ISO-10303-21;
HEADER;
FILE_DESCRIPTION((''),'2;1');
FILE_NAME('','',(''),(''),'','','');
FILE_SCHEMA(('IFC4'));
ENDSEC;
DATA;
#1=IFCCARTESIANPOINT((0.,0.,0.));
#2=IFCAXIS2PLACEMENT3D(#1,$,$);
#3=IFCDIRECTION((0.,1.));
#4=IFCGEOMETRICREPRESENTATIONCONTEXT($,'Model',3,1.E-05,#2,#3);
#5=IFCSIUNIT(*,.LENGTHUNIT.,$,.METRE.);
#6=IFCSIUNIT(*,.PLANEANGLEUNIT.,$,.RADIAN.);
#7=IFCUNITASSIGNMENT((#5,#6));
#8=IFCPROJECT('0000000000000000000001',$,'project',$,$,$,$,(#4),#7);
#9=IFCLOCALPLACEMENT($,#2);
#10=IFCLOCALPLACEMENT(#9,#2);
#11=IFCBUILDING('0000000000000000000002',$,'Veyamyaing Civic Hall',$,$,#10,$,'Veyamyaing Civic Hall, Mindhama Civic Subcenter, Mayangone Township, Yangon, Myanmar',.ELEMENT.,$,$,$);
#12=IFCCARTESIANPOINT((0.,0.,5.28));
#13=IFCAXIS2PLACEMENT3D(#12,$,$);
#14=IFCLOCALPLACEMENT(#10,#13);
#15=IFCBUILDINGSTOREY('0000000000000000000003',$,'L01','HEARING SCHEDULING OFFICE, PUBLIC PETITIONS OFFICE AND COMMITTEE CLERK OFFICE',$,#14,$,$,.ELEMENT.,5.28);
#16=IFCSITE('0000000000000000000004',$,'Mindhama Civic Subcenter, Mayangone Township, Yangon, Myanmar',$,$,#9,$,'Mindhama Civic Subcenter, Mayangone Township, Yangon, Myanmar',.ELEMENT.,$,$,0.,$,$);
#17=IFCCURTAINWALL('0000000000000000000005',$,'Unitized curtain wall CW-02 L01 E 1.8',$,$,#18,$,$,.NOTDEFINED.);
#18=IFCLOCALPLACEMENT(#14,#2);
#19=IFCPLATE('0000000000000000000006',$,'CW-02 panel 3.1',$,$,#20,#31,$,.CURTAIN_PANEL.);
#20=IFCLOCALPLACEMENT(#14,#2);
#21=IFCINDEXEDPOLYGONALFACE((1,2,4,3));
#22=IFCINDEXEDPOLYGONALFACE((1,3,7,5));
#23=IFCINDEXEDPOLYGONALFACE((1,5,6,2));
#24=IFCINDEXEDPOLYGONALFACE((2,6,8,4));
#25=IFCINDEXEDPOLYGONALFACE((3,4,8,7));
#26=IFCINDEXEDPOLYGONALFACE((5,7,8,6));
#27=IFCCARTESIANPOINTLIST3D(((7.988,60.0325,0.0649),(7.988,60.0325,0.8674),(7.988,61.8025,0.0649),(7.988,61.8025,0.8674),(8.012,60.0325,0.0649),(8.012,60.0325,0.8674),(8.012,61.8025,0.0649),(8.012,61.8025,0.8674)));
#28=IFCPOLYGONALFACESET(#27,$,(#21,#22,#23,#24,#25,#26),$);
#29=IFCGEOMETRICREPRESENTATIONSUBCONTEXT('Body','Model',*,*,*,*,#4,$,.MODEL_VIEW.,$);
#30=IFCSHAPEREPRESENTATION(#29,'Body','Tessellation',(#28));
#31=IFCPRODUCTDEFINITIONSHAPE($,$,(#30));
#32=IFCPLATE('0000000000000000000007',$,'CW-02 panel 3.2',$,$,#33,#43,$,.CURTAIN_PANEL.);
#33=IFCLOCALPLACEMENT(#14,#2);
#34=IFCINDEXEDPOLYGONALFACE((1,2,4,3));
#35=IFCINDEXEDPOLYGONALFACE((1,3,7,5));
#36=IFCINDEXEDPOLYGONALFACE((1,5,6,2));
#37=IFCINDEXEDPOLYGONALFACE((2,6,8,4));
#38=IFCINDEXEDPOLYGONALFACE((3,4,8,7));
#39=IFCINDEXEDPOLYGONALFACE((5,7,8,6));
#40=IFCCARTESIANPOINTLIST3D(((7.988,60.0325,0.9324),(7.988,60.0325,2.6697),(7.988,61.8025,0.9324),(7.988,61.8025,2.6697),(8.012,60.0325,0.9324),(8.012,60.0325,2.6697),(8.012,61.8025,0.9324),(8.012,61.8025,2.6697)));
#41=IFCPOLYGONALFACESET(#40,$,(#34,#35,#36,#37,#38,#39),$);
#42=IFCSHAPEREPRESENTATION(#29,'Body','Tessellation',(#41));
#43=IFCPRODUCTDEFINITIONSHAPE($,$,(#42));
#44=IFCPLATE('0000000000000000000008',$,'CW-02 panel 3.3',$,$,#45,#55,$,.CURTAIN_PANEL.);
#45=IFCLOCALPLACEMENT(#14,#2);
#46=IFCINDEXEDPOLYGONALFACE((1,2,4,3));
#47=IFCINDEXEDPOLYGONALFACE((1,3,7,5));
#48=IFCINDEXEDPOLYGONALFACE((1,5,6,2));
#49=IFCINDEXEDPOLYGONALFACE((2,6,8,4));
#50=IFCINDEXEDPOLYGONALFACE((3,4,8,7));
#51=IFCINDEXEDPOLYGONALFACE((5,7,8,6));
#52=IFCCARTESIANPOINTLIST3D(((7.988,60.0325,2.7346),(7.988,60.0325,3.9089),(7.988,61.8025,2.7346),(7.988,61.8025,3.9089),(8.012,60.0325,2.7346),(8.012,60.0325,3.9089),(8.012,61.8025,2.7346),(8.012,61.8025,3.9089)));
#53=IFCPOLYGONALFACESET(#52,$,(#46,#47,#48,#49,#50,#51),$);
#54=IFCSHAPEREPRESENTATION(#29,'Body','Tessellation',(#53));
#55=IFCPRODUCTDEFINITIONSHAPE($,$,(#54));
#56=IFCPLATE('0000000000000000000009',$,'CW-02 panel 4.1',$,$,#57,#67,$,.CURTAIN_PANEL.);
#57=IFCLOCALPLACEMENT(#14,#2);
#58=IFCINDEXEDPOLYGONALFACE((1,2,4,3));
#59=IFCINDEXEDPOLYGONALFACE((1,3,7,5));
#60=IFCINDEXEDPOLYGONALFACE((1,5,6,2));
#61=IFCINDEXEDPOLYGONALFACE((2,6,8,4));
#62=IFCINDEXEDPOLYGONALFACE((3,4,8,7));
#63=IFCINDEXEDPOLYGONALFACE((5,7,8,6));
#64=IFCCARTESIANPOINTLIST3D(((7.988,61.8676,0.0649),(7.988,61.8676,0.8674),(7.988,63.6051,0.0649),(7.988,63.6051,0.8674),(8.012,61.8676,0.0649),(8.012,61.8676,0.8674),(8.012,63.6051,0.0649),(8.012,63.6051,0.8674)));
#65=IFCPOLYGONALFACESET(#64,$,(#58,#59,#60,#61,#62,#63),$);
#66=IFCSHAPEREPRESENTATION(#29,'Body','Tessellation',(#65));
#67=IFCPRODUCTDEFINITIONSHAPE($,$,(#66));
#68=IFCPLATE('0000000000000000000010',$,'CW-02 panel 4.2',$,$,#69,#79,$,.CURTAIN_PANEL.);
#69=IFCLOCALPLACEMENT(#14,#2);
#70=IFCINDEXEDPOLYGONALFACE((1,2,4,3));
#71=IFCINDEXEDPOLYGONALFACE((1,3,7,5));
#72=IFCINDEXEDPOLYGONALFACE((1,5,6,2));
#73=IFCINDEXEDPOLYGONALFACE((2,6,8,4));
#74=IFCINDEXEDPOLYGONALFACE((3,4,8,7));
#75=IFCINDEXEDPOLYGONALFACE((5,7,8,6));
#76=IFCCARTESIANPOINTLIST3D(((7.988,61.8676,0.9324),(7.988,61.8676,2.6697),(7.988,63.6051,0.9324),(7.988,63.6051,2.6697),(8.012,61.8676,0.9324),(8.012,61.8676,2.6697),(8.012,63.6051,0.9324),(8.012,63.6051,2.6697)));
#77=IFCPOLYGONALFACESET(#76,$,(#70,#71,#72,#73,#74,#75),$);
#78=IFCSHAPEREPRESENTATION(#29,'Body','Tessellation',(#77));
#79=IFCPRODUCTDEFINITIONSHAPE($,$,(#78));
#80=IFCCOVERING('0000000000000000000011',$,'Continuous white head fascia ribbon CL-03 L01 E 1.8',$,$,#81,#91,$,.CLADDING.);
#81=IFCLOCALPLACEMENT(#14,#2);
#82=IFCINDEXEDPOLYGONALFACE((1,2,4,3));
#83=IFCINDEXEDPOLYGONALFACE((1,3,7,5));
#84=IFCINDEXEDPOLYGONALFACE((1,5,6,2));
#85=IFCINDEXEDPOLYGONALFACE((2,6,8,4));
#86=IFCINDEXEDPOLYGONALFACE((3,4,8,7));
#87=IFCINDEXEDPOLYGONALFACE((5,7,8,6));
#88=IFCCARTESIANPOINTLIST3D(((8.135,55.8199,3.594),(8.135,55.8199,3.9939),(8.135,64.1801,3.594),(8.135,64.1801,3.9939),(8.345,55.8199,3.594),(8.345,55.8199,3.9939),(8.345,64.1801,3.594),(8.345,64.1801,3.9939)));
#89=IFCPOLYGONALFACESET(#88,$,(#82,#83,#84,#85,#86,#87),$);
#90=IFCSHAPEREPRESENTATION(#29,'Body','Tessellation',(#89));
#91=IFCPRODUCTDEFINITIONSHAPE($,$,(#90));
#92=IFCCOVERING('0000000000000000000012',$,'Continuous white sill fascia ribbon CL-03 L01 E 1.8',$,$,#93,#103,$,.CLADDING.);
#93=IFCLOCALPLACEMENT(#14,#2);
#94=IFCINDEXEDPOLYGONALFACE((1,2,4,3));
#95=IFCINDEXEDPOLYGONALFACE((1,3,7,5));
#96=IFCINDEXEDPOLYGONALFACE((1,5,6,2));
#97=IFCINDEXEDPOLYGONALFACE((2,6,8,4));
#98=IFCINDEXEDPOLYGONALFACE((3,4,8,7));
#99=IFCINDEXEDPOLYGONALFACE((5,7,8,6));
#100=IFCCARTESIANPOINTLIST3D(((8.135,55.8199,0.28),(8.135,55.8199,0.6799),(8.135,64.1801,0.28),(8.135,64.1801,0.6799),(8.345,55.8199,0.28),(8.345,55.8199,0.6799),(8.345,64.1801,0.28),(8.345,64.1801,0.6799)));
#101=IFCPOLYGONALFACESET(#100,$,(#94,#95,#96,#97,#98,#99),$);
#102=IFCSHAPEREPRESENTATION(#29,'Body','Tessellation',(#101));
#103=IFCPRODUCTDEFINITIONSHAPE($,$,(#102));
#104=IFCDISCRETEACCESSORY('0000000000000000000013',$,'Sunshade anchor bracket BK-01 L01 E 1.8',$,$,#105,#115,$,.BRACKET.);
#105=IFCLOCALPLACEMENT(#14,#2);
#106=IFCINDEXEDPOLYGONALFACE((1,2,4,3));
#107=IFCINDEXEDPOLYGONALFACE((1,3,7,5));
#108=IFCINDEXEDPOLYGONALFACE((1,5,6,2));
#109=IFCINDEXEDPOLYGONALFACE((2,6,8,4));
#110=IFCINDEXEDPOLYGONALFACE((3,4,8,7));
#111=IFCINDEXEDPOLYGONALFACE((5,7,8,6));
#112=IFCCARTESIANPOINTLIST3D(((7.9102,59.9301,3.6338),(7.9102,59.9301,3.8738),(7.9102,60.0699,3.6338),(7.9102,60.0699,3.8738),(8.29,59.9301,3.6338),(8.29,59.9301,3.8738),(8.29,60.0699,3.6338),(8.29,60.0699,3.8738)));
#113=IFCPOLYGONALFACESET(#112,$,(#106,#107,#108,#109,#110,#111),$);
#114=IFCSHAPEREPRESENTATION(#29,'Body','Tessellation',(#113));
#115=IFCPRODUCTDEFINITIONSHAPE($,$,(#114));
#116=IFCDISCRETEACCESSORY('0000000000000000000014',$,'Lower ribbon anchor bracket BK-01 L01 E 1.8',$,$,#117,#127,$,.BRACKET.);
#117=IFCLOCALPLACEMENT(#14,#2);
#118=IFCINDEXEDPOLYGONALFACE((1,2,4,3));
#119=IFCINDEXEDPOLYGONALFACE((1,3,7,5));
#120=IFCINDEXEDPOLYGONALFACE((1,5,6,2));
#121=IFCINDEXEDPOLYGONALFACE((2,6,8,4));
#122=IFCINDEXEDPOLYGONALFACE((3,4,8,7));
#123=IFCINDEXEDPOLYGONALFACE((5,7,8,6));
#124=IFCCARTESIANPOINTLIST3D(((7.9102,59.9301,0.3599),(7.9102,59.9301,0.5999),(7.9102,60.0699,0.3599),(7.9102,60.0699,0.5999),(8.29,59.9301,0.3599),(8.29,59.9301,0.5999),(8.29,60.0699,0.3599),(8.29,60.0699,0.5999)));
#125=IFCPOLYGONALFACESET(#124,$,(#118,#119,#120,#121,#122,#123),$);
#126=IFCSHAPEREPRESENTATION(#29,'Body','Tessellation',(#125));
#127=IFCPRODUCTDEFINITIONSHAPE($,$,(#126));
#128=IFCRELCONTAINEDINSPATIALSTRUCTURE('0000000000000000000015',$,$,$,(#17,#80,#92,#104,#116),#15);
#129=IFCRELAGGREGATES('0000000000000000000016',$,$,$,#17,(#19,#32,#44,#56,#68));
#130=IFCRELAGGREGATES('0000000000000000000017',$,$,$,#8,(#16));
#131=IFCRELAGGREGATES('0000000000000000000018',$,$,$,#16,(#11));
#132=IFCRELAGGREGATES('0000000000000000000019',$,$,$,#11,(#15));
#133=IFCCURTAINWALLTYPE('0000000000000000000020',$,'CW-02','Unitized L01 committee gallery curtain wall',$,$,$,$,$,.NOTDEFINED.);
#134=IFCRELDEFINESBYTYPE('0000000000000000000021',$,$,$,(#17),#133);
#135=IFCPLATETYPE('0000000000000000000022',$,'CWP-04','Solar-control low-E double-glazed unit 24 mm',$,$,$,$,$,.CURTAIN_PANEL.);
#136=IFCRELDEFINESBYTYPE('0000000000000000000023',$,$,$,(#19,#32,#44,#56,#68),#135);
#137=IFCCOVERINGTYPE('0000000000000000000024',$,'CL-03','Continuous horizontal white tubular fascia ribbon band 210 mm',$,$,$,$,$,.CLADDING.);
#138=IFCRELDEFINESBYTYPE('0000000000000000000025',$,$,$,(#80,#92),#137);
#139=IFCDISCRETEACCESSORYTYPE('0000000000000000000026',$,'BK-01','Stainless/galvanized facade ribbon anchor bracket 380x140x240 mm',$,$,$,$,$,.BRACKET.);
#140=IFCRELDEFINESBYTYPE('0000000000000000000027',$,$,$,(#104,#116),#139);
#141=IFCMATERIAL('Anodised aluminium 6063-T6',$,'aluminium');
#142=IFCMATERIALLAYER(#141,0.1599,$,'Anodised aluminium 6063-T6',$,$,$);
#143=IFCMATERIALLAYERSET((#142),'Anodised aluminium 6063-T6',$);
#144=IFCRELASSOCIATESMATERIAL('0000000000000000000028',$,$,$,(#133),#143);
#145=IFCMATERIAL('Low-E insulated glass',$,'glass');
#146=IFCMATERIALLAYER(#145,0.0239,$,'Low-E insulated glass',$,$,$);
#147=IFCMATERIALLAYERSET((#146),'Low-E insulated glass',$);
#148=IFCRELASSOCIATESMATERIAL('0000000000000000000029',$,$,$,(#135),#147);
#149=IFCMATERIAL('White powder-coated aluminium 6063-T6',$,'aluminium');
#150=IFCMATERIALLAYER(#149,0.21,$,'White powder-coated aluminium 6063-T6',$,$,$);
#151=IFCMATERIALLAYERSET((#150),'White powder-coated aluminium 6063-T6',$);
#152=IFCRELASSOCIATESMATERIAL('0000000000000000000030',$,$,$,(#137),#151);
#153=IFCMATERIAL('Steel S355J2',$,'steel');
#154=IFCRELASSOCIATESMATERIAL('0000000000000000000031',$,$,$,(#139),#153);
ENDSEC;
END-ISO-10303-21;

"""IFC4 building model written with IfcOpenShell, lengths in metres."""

from ifc_helpers import new_model, si_unit, direction, frame, origin, origin_2d, place, context, subcontext, project, spatial, rectangle, extrude, material, layer, layer_set, type_object, element, aggregate, save


model = new_model("IFC4")

# Units and contexts
model_context = context("Model", 3, precision=1e-05, world=origin(), true_north=direction((0.0, 1.0)))
body_context = subcontext(model_context, "Body", "Model", "MODEL_VIEW")
ifc_project = project(units=[si_unit("LENGTHUNIT", "METRE"), si_unit("PLANEANGLEUNIT", "RADIAN")], contexts=[model_context])

# Site, building, storey
site_placement = place(None, origin())
site = spatial("IfcSite", under=ifc_project, at=site_placement, Name="Mindhama Civic Subcenter, Mayangone Township, Yangon, Myanmar", LongName="Mindhama Civic Subcenter, Mayangone Township, Yangon, Myanmar", CompositionType="ELEMENT", RefElevation=0.0)
building_placement = place(site_placement, origin())
building = spatial("IfcBuilding", under=site, at=building_placement, Name="Veyamyaing Civic Hall", LongName="Veyamyaing Civic Hall, Mindhama Civic Subcenter, Mayangone Township, Yangon, Myanmar", CompositionType="ELEMENT")
storey_placement = place(building_placement, frame((0.0, 0.0, 5.28)))
storey = spatial("IfcBuildingStorey", under=building, at=storey_placement, Name="L01", Description="HEARING SCHEDULING OFFICE, PUBLIC PETITIONS OFFICE AND COMMITTEE CLERK OFFICE", CompositionType="ELEMENT", Elevation=5.28)

# Curtain wall
ifc_material_1 = material(Name="Anodised aluminium 6063-T6", Category="aluminium")
ifc_layer_1 = layer(ifc_material_1, 0.1599, Name="Anodised aluminium 6063-T6")
ifc_layer_set_1 = layer_set([ifc_layer_1], Name="Anodised aluminium 6063-T6")
curtain_wall_type = type_object("IfcCurtainWallType", Name="CW-02", Description="Unitized L01 committee gallery curtain wall", PredefinedType="NOTDEFINED", material=ifc_layer_set_1)
curtain_wall_placement = place(storey_placement, origin())
curtain_wall = element("IfcCurtainWall", 1, at=curtain_wall_placement, inside=storey, type_object=curtain_wall_type, Name="Unitized curtain wall CW-02 L01 E 1.8", PredefinedType="NOTDEFINED")

# Plates
ifc_material_2 = material(Name="Low-E insulated glass", Category="glass")
ifc_layer_2 = layer(ifc_material_2, 0.0239, Name="Low-E insulated glass")
ifc_layer_set_2 = layer_set([ifc_layer_2], Name="Low-E insulated glass")
plate_type = type_object("IfcPlateType", Name="CWP-04", Description="Solar-control low-E double-glazed unit 24 mm", PredefinedType="CURTAIN_PANEL", material=ifc_layer_set_2)
plate_1_placement = place(storey_placement, frame((8.0, 60.9175, 0.0649), z_axis=(0.0, 0.0, 1.0), x_axis=(0.0, 1.0, 0.0)))
plate_1 = element("IfcPlate", 2, at=plate_1_placement, type_object=plate_type, Name="CW-02 panel 3.1", PredefinedType="CURTAIN_PANEL", context=body_context, shape_type="SweptSolid", body=[
    extrude(rectangle(XDim=1.77, YDim=0.0239, at=origin_2d()), origin(), (0.0, 0.0, 1.0), 0.8025),
])
plate_2_placement = place(storey_placement, frame((8.0, 60.9175, 0.9324), z_axis=(0.0, 0.0, 1.0), x_axis=(0.0, 1.0, 0.0)))
plate_2 = element("IfcPlate", 3, at=plate_2_placement, type_object=plate_type, Name="CW-02 panel 3.2", PredefinedType="CURTAIN_PANEL", context=body_context, shape_type="SweptSolid", body=[
    extrude(rectangle(XDim=1.77, YDim=0.0239, at=origin_2d()), origin(), (0.0, 0.0, 1.0), 1.7373),
])
plate_3_placement = place(storey_placement, frame((8.0, 60.9175, 2.7346), z_axis=(0.0, 0.0, 1.0), x_axis=(0.0, 1.0, 0.0)))
plate_3 = element("IfcPlate", 4, at=plate_3_placement, type_object=plate_type, Name="CW-02 panel 3.3", PredefinedType="CURTAIN_PANEL", context=body_context, shape_type="SweptSolid", body=[
    extrude(rectangle(XDim=1.77, YDim=0.0239, at=origin_2d()), origin(), (0.0, 0.0, 1.0), 1.1743),
])
plate_4_placement = place(storey_placement, frame((8.0, 62.7363, 0.0649), z_axis=(0.0, 0.0, 1.0), x_axis=(0.0, 1.0, 0.0)))
plate_4 = element("IfcPlate", 5, at=plate_4_placement, type_object=plate_type, Name="CW-02 panel 4.1", PredefinedType="CURTAIN_PANEL", context=body_context, shape_type="SweptSolid", body=[
    extrude(rectangle(XDim=1.7375, YDim=0.0239, at=origin_2d()), origin(), (0.0, 0.0, 1.0), 0.8025),
])
plate_5_placement = place(storey_placement, frame((8.0, 62.7363, 0.9324), z_axis=(0.0, 0.0, 1.0), x_axis=(0.0, 1.0, 0.0)))
plate_5 = element("IfcPlate", 6, at=plate_5_placement, type_object=plate_type, Name="CW-02 panel 4.2", PredefinedType="CURTAIN_PANEL", context=body_context, shape_type="SweptSolid", body=[
    extrude(rectangle(XDim=1.7375, YDim=0.0239, at=origin_2d()), origin(), (0.0, 0.0, 1.0), 1.7373),
])
aggregate(curtain_wall, [plate_1, plate_2, plate_3, plate_4, plate_5])

# Coverings
ifc_material_3 = material(Name="White powder-coated aluminium 6063-T6", Category="aluminium")
ifc_layer_3 = layer(ifc_material_3, 0.21, Name="White powder-coated aluminium 6063-T6")
ifc_layer_set_3 = layer_set([ifc_layer_3], Name="White powder-coated aluminium 6063-T6")
covering_type = type_object("IfcCoveringType", Name="CL-03", Description="Continuous horizontal white tubular fascia ribbon band 210 mm", PredefinedType="CLADDING", material=ifc_layer_set_3)
for number, where, z_axis, x_axis, name in (
    (7, (8.24, 60.0, 3.594), (0.0, 0.0, 1.0), (0.0, 1.0, 0.0), "Continuous white head fascia ribbon CL-03 L01 E 1.8"),
    (8, (8.24, 60.0, 0.28), (0.0, 0.0, 1.0), (0.0, 1.0, 0.0), "Continuous white sill fascia ribbon CL-03 L01 E 1.8"),
):
    element("IfcCovering", number, at=place(storey_placement, frame(where, z_axis=z_axis, x_axis=x_axis)), inside=storey, type_object=covering_type, Name=name, PredefinedType="CLADDING", context=body_context, shape_type="SweptSolid", body=[
        extrude(rectangle(XDim=8.3601, YDim=0.21, at=origin_2d()), origin(), (0.0, 0.0, 1.0), 0.3999),
    ])

# Discrete accessories
ifc_material_4 = material(Name="Steel S355J2", Category="steel")
discrete_accessory_type = type_object("IfcDiscreteAccessoryType", Name="BK-01", Description="Stainless/galvanized facade ribbon anchor bracket 380x140x240 mm", PredefinedType="BRACKET", material=ifc_material_4)
for number, where, z_axis, x_axis, name in (
    (9, (8.1001, 60.0, 3.6338), (0.0, 0.0, 1.0), (1.0, 0.0, 0.0), "Sunshade anchor bracket BK-01 L01 E 1.8"),
    (10, (8.1001, 60.0, 0.3599), (0.0, 0.0, 1.0), (1.0, 0.0, 0.0), "Lower ribbon anchor bracket BK-01 L01 E 1.8"),
):
    element("IfcDiscreteAccessory", number, at=place(storey_placement, frame(where, z_axis=z_axis, x_axis=x_axis)), inside=storey, type_object=discrete_accessory_type, Name=name, PredefinedType="BRACKET", context=body_context, shape_type="SweptSolid", body=[
        extrude(rectangle(XDim=0.3799, YDim=0.1399, at=origin_2d()), origin(), (0.0, 0.0, 1.0), 0.24),
    ])

save(model, "model.ifc")
